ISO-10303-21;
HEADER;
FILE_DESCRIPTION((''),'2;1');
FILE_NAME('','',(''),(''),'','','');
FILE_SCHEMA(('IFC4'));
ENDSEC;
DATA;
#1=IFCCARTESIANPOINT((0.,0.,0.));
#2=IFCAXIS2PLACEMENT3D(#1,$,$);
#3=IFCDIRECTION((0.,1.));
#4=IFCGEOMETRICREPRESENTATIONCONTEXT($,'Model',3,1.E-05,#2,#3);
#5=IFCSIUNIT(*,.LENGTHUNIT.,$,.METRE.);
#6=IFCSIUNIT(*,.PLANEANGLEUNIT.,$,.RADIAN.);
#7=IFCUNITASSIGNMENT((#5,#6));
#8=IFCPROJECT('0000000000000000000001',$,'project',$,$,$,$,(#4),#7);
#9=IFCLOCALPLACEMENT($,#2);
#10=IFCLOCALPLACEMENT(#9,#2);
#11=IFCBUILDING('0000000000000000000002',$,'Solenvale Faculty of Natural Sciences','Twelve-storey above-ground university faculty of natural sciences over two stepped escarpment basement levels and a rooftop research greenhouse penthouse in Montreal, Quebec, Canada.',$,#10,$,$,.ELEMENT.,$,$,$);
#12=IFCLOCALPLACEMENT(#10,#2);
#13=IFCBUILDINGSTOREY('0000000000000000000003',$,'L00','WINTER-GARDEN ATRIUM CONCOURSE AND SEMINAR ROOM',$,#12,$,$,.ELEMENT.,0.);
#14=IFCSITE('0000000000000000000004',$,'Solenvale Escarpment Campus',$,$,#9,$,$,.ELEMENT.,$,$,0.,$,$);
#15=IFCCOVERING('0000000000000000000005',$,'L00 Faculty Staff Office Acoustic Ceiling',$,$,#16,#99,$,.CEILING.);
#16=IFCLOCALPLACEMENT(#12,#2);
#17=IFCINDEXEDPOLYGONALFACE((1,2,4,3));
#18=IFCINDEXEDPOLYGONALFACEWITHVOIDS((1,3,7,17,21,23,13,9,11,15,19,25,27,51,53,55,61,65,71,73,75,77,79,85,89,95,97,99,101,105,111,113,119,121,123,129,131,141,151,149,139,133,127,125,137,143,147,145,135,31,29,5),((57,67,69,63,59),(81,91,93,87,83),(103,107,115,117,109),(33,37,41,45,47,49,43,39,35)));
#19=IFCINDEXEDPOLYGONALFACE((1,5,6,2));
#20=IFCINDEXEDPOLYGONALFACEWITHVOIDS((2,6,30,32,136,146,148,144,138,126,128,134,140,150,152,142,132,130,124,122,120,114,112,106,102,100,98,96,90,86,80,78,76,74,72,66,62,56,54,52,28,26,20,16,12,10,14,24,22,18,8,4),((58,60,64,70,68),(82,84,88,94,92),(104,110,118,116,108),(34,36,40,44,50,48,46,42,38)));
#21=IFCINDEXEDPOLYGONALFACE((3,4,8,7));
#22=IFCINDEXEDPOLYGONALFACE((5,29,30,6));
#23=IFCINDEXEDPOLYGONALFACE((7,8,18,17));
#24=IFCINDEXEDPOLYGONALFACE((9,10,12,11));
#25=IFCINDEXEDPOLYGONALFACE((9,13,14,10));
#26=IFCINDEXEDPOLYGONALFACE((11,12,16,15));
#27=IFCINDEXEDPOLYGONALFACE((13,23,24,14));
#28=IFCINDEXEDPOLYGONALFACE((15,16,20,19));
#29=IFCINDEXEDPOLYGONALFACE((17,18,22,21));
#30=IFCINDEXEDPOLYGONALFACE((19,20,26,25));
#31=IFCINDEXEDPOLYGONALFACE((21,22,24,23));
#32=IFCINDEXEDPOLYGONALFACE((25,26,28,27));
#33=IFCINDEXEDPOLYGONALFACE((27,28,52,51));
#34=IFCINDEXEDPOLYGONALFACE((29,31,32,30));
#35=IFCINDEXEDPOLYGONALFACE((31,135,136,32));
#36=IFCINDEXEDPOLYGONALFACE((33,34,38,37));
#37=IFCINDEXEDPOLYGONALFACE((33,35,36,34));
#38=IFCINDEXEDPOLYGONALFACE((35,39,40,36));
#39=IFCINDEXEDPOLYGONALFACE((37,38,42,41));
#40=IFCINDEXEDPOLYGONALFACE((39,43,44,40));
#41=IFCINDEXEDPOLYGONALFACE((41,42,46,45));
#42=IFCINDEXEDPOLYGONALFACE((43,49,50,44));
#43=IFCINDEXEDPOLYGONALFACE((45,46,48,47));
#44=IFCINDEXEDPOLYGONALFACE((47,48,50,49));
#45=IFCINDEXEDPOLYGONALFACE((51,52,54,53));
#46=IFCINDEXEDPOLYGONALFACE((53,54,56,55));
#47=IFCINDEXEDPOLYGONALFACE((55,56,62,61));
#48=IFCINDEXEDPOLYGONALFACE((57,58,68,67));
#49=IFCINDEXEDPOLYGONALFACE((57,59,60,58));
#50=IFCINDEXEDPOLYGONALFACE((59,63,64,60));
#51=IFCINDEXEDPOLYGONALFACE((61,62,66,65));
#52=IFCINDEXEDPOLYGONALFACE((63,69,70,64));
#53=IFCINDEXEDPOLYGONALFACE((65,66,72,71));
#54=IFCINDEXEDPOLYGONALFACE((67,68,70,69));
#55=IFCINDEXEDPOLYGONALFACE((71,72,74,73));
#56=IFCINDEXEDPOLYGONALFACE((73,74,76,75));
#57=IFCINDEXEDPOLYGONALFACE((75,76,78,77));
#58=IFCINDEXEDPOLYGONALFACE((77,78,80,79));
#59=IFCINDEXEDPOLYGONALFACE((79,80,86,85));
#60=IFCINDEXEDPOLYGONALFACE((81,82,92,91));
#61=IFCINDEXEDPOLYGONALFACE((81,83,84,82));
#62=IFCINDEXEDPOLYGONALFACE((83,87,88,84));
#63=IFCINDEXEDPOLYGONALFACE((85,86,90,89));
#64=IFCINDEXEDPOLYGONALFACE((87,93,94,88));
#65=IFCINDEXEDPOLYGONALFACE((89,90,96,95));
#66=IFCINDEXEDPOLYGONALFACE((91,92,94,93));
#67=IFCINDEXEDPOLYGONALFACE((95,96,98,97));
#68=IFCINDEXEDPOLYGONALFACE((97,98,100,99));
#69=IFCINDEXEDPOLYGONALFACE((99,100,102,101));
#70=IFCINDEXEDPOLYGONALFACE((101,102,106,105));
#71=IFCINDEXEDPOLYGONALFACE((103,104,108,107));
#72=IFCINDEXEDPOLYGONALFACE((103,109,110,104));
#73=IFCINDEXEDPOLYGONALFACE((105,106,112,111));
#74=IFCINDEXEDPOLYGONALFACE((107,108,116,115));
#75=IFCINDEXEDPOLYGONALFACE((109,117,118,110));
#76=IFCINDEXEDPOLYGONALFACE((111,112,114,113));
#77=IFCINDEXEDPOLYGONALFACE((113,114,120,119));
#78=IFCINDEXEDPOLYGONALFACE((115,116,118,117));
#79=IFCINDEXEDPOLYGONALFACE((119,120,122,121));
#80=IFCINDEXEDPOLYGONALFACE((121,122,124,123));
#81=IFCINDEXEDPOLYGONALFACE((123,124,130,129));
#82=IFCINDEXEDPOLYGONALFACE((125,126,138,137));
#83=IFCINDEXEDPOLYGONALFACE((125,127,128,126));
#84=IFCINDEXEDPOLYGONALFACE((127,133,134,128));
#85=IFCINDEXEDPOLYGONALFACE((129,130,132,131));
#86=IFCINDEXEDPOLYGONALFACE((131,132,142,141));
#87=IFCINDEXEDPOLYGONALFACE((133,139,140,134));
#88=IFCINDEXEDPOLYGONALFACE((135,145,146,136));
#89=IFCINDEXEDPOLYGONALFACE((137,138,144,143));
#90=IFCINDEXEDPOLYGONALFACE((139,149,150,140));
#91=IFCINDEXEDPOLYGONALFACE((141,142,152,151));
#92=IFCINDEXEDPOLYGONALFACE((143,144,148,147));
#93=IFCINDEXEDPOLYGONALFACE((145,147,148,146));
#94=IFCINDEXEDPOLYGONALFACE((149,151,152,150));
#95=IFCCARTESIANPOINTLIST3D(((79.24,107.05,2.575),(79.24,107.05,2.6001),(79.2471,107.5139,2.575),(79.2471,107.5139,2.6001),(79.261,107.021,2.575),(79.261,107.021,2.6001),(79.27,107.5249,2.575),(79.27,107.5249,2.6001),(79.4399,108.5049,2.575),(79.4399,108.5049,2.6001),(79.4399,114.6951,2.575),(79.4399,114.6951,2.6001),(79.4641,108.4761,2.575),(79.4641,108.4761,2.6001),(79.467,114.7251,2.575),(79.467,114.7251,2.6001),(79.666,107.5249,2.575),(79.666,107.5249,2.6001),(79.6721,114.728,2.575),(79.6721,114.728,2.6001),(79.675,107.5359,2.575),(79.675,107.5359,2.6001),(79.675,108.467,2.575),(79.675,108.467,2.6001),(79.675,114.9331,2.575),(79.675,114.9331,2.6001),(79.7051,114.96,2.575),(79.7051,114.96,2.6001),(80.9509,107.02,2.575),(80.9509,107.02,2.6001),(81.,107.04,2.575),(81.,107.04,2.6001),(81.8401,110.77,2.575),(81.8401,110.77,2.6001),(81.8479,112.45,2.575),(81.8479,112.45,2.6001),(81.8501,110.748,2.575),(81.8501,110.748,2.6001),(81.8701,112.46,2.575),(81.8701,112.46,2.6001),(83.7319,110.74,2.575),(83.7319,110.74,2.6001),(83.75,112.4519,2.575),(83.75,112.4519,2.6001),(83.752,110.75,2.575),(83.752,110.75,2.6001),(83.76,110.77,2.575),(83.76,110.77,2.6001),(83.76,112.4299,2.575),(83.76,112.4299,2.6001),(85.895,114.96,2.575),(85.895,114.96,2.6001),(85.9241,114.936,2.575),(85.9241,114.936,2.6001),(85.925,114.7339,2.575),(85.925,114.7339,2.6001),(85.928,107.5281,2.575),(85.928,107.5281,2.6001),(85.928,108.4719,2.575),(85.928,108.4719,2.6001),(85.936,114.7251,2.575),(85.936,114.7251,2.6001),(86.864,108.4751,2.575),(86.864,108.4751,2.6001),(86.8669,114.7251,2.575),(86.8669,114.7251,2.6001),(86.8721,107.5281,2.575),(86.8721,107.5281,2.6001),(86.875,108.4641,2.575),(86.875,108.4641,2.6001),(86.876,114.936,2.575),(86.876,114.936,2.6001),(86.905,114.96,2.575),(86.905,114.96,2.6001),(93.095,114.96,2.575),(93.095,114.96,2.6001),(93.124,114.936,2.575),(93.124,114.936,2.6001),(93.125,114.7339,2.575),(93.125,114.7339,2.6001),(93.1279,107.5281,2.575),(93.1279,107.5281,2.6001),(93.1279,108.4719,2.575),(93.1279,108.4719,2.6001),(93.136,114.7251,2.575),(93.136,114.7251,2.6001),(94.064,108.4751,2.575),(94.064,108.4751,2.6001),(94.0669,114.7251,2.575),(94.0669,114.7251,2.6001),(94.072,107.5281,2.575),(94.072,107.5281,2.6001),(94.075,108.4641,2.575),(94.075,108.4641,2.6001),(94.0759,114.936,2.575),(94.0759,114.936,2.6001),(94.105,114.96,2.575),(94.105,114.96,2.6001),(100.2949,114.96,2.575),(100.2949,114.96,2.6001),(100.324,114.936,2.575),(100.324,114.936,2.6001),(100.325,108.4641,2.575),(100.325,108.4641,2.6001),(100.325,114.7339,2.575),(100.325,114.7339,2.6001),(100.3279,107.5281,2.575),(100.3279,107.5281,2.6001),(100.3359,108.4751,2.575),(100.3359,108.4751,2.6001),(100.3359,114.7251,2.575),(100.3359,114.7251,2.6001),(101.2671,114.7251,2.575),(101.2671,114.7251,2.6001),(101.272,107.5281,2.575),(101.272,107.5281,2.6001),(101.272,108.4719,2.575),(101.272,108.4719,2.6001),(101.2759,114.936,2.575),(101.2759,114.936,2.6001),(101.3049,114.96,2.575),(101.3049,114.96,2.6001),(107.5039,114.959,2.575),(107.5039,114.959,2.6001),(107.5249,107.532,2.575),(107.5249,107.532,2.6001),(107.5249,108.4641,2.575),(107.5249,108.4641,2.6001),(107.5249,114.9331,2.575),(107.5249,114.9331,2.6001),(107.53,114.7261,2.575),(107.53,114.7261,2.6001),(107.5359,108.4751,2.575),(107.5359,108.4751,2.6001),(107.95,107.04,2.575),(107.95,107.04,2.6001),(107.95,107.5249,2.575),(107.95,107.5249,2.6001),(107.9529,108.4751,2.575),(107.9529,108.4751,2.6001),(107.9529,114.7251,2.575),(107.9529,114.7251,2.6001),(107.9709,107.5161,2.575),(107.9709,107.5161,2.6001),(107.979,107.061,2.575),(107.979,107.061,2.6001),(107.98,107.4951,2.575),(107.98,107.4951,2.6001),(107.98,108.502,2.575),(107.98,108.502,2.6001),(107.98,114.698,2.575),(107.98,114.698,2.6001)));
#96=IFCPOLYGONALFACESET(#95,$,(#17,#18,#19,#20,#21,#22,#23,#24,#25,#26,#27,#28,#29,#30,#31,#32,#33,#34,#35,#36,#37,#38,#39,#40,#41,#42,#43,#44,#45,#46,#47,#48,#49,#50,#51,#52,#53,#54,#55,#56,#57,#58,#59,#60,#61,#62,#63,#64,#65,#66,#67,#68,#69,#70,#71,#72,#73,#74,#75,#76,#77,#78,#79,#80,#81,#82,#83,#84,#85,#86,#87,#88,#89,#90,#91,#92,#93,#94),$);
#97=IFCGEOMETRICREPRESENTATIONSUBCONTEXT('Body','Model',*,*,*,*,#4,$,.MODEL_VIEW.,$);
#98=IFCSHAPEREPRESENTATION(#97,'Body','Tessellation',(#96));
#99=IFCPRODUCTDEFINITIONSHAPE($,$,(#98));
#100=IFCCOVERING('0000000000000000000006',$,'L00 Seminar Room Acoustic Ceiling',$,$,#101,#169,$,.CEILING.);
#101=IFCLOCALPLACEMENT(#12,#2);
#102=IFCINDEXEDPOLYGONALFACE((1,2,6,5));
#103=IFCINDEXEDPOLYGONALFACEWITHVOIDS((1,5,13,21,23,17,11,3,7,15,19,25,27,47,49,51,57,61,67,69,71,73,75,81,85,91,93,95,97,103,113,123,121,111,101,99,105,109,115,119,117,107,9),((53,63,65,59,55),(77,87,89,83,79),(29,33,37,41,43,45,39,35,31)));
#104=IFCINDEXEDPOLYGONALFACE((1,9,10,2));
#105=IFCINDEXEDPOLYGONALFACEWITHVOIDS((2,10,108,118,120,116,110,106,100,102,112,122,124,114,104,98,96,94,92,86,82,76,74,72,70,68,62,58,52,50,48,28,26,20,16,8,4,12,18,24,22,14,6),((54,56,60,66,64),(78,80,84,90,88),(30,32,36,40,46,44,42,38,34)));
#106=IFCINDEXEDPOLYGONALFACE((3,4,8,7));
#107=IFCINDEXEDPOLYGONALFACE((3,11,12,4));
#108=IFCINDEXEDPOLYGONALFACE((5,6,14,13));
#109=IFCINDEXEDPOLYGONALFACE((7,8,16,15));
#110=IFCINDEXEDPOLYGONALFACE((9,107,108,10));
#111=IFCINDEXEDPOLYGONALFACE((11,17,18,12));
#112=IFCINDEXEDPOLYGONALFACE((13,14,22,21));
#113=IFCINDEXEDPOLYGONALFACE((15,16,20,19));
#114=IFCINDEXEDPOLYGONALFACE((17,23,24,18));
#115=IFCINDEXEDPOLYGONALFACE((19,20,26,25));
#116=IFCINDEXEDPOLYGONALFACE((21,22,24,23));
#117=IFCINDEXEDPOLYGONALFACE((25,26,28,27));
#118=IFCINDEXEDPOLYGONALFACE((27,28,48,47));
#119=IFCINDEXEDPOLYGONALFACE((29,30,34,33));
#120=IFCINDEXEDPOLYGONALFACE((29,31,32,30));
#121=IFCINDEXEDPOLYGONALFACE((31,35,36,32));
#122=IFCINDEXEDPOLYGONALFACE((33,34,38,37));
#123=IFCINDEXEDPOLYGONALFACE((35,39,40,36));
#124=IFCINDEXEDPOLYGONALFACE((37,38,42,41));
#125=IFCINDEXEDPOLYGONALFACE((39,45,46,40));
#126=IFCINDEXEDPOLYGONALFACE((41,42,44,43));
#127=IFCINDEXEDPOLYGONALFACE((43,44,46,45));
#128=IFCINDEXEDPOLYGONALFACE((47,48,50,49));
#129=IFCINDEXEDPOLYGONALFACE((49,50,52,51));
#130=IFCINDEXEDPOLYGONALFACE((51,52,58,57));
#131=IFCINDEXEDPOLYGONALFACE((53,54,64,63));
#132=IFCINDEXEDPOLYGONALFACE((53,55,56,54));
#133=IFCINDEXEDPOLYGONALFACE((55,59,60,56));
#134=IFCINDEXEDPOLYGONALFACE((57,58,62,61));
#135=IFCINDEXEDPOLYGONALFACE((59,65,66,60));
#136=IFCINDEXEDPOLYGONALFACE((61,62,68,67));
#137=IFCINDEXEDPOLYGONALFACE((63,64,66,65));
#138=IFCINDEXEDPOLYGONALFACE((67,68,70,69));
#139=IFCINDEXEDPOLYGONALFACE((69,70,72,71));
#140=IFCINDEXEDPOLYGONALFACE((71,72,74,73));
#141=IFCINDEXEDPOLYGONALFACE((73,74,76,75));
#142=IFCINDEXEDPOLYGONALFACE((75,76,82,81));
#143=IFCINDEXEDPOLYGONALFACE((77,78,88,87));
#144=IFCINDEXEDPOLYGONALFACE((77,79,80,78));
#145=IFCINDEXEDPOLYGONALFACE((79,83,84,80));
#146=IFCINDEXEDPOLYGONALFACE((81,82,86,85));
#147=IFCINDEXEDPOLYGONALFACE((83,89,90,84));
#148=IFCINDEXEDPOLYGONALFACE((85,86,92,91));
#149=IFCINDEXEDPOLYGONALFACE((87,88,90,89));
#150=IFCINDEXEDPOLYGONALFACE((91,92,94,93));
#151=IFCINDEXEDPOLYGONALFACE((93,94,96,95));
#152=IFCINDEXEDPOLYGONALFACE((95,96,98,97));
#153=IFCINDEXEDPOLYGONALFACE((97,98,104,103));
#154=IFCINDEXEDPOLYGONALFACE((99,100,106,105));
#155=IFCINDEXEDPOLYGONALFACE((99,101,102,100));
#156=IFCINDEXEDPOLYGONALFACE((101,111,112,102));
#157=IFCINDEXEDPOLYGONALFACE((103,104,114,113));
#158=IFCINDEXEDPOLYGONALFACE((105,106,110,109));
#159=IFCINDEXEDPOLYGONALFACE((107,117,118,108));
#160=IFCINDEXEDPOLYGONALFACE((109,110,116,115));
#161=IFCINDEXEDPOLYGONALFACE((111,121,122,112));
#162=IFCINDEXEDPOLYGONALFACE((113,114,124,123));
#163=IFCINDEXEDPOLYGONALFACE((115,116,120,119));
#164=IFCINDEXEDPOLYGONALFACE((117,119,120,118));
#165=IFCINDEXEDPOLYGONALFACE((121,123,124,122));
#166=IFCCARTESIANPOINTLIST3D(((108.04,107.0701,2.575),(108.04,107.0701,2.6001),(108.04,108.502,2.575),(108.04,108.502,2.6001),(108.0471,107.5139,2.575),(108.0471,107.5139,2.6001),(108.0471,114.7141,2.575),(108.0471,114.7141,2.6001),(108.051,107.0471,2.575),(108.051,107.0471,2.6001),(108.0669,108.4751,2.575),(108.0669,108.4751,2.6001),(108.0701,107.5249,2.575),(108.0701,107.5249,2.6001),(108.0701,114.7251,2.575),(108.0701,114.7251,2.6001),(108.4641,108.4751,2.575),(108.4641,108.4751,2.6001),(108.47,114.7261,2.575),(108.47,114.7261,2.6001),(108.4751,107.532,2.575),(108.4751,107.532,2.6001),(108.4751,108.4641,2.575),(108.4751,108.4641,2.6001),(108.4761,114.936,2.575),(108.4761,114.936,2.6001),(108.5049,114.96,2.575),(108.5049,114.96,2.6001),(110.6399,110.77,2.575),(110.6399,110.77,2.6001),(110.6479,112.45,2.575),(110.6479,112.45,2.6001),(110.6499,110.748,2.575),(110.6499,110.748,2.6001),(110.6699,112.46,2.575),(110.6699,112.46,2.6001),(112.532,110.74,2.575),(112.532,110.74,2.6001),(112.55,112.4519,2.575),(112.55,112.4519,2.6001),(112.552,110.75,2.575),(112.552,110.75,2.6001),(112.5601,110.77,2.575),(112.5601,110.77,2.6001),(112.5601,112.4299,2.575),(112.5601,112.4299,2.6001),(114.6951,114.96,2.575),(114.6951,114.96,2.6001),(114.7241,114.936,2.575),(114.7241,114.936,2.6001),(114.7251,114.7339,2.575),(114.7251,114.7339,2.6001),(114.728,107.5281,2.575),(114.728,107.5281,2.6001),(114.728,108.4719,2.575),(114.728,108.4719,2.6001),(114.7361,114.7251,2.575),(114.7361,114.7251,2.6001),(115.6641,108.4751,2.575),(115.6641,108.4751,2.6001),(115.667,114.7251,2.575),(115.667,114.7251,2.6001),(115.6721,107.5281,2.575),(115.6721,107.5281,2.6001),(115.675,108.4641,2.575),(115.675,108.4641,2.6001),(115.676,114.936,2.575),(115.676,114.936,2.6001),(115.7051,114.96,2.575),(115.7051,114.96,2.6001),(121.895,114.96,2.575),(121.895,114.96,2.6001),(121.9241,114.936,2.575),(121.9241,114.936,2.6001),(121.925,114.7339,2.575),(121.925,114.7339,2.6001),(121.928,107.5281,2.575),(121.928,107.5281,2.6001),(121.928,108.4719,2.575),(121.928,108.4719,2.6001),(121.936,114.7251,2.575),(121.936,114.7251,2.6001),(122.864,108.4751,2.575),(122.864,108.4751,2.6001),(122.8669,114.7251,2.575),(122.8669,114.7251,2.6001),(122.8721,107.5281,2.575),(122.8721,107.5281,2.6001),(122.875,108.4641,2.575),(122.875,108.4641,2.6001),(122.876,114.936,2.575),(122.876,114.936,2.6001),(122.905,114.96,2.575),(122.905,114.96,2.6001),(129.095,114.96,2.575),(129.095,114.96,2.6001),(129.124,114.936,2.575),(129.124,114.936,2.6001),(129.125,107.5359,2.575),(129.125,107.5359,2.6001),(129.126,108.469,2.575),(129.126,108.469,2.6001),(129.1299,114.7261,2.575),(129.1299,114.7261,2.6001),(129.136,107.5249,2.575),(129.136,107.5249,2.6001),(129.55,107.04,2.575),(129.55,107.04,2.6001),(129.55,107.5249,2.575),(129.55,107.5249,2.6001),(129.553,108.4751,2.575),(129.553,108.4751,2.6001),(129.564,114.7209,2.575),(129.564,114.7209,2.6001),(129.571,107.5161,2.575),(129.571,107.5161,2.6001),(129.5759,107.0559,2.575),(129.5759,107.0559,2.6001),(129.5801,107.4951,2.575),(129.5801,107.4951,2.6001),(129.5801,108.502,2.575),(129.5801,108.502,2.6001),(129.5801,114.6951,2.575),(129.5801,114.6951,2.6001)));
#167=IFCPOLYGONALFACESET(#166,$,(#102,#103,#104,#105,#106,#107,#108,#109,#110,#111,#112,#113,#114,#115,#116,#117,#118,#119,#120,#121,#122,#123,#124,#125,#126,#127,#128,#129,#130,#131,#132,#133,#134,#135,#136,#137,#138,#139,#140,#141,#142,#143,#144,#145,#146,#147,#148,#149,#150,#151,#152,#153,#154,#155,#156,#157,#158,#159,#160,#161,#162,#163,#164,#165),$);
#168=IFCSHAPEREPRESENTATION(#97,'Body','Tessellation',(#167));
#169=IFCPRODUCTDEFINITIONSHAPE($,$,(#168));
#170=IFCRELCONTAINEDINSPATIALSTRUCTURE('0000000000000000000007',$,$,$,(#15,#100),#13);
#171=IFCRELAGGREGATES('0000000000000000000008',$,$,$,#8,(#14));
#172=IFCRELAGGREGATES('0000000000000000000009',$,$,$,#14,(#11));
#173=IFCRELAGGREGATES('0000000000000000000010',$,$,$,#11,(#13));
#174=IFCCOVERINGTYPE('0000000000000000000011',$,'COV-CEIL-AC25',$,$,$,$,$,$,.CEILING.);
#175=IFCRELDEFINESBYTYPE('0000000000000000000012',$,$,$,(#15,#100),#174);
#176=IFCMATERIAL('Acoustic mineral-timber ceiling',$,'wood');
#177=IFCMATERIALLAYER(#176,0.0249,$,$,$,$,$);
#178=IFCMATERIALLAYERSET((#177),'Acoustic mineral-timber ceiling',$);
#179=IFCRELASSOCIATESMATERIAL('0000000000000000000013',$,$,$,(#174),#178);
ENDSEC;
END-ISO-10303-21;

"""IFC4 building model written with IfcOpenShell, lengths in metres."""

from ifc_helpers import new_model, si_unit, direction, frame, origin, place, context, subcontext, project, spatial, polyline, outline, extrude, material, layer, layer_set, type_object, element, save


model = new_model("IFC4")

# Units and contexts
model_context = context("Model", 3, precision=1e-05, world=origin(), true_north=direction((0.0, 1.0)))
body_context = subcontext(model_context, "Body", "Model", "MODEL_VIEW")
ifc_project = project(units=[si_unit("LENGTHUNIT", "METRE"), si_unit("PLANEANGLEUNIT", "RADIAN")], contexts=[model_context])

# Site, building, storey
site_placement = place(None, origin())
site = spatial("IfcSite", under=ifc_project, at=site_placement, Name="Solenvale Escarpment Campus", CompositionType="ELEMENT", RefElevation=0.0)
building_placement = place(site_placement, origin())
building = spatial("IfcBuilding", under=site, at=building_placement, Name="Solenvale Faculty of Natural Sciences", Description="Twelve-storey above-ground university faculty of natural sciences over two stepped escarpment basement levels and a rooftop research greenhouse penthouse in Montreal, Quebec, Canada.", CompositionType="ELEMENT")
storey_placement = place(building_placement, origin())
storey = spatial("IfcBuildingStorey", under=building, at=storey_placement, Name="L00", Description="WINTER-GARDEN ATRIUM CONCOURSE AND SEMINAR ROOM", CompositionType="ELEMENT", Elevation=0.0)

# Coverings
ifc_material_1 = material(Name="Acoustic mineral-timber ceiling", Category="wood")
ifc_layer_1 = layer(ifc_material_1, 0.0249)
ifc_layer_set_1 = layer_set([ifc_layer_1], Name="Acoustic mineral-timber ceiling")
covering_type_1 = type_object("IfcCoveringType", Name="COV-CEIL-AC25", PredefinedType="CEILING", material=ifc_layer_set_1)
covering_1_placement = place(storey_placement, frame((0.0, 0.0, 2.575)))
element("IfcCovering", 1, at=covering_1_placement, inside=storey, type_object=covering_type_1, Name="L00 Faculty Staff Office Acoustic Ceiling", PredefinedType="CEILING", context=body_context, shape_type="SweptSolid", body=[
    extrude(outline(polyline([(79.4399, 114.6951), (79.467, 114.7251), (79.6721, 114.728), (79.675, 114.9331), (79.7051, 114.96), (85.895, 114.96), (85.9241, 114.936), (85.925, 114.7339), (85.936, 114.7251), (86.8669, 114.7251), (86.876, 114.936), (86.905, 114.96), (93.095, 114.96), (93.124, 114.936), (93.125, 114.7339), (93.136, 114.7251), (94.0669, 114.7251), (94.0759, 114.936), (94.105, 114.96), (100.2949, 114.96), (100.324, 114.936), (100.325, 114.7339), (100.3359, 114.7251), (101.2671, 114.7251), (101.2759, 114.936), (101.3049, 114.96), (107.5039, 114.959), (107.5249, 114.9331), (107.53, 114.7261), (107.9529, 114.7251), (107.98, 114.698), (107.98, 108.502), (107.9529, 108.4751), (107.5359, 108.4751), (107.5249, 108.4641), (107.5249, 107.532), (107.95, 107.5249), (107.9709, 107.5161), (107.98, 107.4951), (107.979, 107.061), (107.95, 107.04), (81.0, 107.04), (80.9509, 107.02), (79.261, 107.021), (79.24, 107.05), (79.2471, 107.5139), (79.27, 107.5249), (79.666, 107.5249), (79.675, 107.5359), (79.675, 108.467), (79.4641, 108.4761), (79.4399, 108.5049), (79.4399, 114.6951)]), holes=[polyline([(100.3359, 108.4751), (100.325, 108.4641), (100.3279, 107.5281), (101.272, 107.5281), (101.272, 108.4719), (100.3359, 108.4751)]), polyline([(94.075, 108.4641), (94.064, 108.4751), (93.1279, 108.4719), (93.1279, 107.5281), (94.072, 107.5281), (94.075, 108.4641)]), polyline([(86.875, 108.4641), (86.864, 108.4751), (85.928, 108.4719), (85.928, 107.5281), (86.8721, 107.5281), (86.875, 108.4641)]), polyline([(83.7319, 110.74), (83.752, 110.75), (83.76, 110.77), (83.76, 112.4299), (83.75, 112.4519), (81.8701, 112.46), (81.8479, 112.45), (81.8401, 110.77), (81.8501, 110.748), (83.7319, 110.74)])]), origin(), (0.0, 0.0, 1.0), 0.0251),
])
covering_2_placement = place(storey_placement, frame((0.0, 0.0, 2.575)))
element("IfcCovering", 2, at=covering_2_placement, inside=storey, type_object=covering_type_1, Name="L00 Seminar Room Acoustic Ceiling", PredefinedType="CEILING", context=body_context, shape_type="SweptSolid", body=[
    extrude(outline(polyline([(114.6951, 114.96), (114.7241, 114.936), (114.7251, 114.7339), (114.7361, 114.7251), (115.667, 114.7251), (115.676, 114.936), (115.7051, 114.96), (121.895, 114.96), (121.9241, 114.936), (121.925, 114.7339), (121.936, 114.7251), (122.8669, 114.7251), (122.876, 114.936), (122.905, 114.96), (129.095, 114.96), (129.124, 114.936), (129.1299, 114.7261), (129.564, 114.7209), (129.5801, 114.6951), (129.5801, 108.502), (129.553, 108.4751), (129.126, 108.469), (129.125, 107.5359), (129.136, 107.5249), (129.55, 107.5249), (129.571, 107.5161), (129.5801, 107.4951), (129.5759, 107.0559), (129.55, 107.04), (108.051, 107.0471), (108.04, 107.0701), (108.0471, 107.5139), (108.0701, 107.5249), (108.4751, 107.532), (108.4751, 108.4641), (108.4641, 108.4751), (108.0669, 108.4751), (108.04, 108.502), (108.0471, 114.7141), (108.0701, 114.7251), (108.47, 114.7261), (108.4761, 114.936), (108.5049, 114.96), (114.6951, 114.96)]), holes=[polyline([(122.875, 108.4641), (122.864, 108.4751), (121.928, 108.4719), (121.928, 107.5281), (122.8721, 107.5281), (122.875, 108.4641)]), polyline([(115.675, 108.4641), (115.6641, 108.4751), (114.728, 108.4719), (114.728, 107.5281), (115.6721, 107.5281), (115.675, 108.4641)]), polyline([(112.532, 110.74), (112.552, 110.75), (112.5601, 110.77), (112.5601, 112.4299), (112.55, 112.4519), (110.6699, 112.46), (110.6479, 112.45), (110.6399, 110.77), (110.6499, 110.748), (112.532, 110.74)])]), origin(), (0.0, 0.0, 1.0), 0.0251),
])

save(model, "model.ifc")
